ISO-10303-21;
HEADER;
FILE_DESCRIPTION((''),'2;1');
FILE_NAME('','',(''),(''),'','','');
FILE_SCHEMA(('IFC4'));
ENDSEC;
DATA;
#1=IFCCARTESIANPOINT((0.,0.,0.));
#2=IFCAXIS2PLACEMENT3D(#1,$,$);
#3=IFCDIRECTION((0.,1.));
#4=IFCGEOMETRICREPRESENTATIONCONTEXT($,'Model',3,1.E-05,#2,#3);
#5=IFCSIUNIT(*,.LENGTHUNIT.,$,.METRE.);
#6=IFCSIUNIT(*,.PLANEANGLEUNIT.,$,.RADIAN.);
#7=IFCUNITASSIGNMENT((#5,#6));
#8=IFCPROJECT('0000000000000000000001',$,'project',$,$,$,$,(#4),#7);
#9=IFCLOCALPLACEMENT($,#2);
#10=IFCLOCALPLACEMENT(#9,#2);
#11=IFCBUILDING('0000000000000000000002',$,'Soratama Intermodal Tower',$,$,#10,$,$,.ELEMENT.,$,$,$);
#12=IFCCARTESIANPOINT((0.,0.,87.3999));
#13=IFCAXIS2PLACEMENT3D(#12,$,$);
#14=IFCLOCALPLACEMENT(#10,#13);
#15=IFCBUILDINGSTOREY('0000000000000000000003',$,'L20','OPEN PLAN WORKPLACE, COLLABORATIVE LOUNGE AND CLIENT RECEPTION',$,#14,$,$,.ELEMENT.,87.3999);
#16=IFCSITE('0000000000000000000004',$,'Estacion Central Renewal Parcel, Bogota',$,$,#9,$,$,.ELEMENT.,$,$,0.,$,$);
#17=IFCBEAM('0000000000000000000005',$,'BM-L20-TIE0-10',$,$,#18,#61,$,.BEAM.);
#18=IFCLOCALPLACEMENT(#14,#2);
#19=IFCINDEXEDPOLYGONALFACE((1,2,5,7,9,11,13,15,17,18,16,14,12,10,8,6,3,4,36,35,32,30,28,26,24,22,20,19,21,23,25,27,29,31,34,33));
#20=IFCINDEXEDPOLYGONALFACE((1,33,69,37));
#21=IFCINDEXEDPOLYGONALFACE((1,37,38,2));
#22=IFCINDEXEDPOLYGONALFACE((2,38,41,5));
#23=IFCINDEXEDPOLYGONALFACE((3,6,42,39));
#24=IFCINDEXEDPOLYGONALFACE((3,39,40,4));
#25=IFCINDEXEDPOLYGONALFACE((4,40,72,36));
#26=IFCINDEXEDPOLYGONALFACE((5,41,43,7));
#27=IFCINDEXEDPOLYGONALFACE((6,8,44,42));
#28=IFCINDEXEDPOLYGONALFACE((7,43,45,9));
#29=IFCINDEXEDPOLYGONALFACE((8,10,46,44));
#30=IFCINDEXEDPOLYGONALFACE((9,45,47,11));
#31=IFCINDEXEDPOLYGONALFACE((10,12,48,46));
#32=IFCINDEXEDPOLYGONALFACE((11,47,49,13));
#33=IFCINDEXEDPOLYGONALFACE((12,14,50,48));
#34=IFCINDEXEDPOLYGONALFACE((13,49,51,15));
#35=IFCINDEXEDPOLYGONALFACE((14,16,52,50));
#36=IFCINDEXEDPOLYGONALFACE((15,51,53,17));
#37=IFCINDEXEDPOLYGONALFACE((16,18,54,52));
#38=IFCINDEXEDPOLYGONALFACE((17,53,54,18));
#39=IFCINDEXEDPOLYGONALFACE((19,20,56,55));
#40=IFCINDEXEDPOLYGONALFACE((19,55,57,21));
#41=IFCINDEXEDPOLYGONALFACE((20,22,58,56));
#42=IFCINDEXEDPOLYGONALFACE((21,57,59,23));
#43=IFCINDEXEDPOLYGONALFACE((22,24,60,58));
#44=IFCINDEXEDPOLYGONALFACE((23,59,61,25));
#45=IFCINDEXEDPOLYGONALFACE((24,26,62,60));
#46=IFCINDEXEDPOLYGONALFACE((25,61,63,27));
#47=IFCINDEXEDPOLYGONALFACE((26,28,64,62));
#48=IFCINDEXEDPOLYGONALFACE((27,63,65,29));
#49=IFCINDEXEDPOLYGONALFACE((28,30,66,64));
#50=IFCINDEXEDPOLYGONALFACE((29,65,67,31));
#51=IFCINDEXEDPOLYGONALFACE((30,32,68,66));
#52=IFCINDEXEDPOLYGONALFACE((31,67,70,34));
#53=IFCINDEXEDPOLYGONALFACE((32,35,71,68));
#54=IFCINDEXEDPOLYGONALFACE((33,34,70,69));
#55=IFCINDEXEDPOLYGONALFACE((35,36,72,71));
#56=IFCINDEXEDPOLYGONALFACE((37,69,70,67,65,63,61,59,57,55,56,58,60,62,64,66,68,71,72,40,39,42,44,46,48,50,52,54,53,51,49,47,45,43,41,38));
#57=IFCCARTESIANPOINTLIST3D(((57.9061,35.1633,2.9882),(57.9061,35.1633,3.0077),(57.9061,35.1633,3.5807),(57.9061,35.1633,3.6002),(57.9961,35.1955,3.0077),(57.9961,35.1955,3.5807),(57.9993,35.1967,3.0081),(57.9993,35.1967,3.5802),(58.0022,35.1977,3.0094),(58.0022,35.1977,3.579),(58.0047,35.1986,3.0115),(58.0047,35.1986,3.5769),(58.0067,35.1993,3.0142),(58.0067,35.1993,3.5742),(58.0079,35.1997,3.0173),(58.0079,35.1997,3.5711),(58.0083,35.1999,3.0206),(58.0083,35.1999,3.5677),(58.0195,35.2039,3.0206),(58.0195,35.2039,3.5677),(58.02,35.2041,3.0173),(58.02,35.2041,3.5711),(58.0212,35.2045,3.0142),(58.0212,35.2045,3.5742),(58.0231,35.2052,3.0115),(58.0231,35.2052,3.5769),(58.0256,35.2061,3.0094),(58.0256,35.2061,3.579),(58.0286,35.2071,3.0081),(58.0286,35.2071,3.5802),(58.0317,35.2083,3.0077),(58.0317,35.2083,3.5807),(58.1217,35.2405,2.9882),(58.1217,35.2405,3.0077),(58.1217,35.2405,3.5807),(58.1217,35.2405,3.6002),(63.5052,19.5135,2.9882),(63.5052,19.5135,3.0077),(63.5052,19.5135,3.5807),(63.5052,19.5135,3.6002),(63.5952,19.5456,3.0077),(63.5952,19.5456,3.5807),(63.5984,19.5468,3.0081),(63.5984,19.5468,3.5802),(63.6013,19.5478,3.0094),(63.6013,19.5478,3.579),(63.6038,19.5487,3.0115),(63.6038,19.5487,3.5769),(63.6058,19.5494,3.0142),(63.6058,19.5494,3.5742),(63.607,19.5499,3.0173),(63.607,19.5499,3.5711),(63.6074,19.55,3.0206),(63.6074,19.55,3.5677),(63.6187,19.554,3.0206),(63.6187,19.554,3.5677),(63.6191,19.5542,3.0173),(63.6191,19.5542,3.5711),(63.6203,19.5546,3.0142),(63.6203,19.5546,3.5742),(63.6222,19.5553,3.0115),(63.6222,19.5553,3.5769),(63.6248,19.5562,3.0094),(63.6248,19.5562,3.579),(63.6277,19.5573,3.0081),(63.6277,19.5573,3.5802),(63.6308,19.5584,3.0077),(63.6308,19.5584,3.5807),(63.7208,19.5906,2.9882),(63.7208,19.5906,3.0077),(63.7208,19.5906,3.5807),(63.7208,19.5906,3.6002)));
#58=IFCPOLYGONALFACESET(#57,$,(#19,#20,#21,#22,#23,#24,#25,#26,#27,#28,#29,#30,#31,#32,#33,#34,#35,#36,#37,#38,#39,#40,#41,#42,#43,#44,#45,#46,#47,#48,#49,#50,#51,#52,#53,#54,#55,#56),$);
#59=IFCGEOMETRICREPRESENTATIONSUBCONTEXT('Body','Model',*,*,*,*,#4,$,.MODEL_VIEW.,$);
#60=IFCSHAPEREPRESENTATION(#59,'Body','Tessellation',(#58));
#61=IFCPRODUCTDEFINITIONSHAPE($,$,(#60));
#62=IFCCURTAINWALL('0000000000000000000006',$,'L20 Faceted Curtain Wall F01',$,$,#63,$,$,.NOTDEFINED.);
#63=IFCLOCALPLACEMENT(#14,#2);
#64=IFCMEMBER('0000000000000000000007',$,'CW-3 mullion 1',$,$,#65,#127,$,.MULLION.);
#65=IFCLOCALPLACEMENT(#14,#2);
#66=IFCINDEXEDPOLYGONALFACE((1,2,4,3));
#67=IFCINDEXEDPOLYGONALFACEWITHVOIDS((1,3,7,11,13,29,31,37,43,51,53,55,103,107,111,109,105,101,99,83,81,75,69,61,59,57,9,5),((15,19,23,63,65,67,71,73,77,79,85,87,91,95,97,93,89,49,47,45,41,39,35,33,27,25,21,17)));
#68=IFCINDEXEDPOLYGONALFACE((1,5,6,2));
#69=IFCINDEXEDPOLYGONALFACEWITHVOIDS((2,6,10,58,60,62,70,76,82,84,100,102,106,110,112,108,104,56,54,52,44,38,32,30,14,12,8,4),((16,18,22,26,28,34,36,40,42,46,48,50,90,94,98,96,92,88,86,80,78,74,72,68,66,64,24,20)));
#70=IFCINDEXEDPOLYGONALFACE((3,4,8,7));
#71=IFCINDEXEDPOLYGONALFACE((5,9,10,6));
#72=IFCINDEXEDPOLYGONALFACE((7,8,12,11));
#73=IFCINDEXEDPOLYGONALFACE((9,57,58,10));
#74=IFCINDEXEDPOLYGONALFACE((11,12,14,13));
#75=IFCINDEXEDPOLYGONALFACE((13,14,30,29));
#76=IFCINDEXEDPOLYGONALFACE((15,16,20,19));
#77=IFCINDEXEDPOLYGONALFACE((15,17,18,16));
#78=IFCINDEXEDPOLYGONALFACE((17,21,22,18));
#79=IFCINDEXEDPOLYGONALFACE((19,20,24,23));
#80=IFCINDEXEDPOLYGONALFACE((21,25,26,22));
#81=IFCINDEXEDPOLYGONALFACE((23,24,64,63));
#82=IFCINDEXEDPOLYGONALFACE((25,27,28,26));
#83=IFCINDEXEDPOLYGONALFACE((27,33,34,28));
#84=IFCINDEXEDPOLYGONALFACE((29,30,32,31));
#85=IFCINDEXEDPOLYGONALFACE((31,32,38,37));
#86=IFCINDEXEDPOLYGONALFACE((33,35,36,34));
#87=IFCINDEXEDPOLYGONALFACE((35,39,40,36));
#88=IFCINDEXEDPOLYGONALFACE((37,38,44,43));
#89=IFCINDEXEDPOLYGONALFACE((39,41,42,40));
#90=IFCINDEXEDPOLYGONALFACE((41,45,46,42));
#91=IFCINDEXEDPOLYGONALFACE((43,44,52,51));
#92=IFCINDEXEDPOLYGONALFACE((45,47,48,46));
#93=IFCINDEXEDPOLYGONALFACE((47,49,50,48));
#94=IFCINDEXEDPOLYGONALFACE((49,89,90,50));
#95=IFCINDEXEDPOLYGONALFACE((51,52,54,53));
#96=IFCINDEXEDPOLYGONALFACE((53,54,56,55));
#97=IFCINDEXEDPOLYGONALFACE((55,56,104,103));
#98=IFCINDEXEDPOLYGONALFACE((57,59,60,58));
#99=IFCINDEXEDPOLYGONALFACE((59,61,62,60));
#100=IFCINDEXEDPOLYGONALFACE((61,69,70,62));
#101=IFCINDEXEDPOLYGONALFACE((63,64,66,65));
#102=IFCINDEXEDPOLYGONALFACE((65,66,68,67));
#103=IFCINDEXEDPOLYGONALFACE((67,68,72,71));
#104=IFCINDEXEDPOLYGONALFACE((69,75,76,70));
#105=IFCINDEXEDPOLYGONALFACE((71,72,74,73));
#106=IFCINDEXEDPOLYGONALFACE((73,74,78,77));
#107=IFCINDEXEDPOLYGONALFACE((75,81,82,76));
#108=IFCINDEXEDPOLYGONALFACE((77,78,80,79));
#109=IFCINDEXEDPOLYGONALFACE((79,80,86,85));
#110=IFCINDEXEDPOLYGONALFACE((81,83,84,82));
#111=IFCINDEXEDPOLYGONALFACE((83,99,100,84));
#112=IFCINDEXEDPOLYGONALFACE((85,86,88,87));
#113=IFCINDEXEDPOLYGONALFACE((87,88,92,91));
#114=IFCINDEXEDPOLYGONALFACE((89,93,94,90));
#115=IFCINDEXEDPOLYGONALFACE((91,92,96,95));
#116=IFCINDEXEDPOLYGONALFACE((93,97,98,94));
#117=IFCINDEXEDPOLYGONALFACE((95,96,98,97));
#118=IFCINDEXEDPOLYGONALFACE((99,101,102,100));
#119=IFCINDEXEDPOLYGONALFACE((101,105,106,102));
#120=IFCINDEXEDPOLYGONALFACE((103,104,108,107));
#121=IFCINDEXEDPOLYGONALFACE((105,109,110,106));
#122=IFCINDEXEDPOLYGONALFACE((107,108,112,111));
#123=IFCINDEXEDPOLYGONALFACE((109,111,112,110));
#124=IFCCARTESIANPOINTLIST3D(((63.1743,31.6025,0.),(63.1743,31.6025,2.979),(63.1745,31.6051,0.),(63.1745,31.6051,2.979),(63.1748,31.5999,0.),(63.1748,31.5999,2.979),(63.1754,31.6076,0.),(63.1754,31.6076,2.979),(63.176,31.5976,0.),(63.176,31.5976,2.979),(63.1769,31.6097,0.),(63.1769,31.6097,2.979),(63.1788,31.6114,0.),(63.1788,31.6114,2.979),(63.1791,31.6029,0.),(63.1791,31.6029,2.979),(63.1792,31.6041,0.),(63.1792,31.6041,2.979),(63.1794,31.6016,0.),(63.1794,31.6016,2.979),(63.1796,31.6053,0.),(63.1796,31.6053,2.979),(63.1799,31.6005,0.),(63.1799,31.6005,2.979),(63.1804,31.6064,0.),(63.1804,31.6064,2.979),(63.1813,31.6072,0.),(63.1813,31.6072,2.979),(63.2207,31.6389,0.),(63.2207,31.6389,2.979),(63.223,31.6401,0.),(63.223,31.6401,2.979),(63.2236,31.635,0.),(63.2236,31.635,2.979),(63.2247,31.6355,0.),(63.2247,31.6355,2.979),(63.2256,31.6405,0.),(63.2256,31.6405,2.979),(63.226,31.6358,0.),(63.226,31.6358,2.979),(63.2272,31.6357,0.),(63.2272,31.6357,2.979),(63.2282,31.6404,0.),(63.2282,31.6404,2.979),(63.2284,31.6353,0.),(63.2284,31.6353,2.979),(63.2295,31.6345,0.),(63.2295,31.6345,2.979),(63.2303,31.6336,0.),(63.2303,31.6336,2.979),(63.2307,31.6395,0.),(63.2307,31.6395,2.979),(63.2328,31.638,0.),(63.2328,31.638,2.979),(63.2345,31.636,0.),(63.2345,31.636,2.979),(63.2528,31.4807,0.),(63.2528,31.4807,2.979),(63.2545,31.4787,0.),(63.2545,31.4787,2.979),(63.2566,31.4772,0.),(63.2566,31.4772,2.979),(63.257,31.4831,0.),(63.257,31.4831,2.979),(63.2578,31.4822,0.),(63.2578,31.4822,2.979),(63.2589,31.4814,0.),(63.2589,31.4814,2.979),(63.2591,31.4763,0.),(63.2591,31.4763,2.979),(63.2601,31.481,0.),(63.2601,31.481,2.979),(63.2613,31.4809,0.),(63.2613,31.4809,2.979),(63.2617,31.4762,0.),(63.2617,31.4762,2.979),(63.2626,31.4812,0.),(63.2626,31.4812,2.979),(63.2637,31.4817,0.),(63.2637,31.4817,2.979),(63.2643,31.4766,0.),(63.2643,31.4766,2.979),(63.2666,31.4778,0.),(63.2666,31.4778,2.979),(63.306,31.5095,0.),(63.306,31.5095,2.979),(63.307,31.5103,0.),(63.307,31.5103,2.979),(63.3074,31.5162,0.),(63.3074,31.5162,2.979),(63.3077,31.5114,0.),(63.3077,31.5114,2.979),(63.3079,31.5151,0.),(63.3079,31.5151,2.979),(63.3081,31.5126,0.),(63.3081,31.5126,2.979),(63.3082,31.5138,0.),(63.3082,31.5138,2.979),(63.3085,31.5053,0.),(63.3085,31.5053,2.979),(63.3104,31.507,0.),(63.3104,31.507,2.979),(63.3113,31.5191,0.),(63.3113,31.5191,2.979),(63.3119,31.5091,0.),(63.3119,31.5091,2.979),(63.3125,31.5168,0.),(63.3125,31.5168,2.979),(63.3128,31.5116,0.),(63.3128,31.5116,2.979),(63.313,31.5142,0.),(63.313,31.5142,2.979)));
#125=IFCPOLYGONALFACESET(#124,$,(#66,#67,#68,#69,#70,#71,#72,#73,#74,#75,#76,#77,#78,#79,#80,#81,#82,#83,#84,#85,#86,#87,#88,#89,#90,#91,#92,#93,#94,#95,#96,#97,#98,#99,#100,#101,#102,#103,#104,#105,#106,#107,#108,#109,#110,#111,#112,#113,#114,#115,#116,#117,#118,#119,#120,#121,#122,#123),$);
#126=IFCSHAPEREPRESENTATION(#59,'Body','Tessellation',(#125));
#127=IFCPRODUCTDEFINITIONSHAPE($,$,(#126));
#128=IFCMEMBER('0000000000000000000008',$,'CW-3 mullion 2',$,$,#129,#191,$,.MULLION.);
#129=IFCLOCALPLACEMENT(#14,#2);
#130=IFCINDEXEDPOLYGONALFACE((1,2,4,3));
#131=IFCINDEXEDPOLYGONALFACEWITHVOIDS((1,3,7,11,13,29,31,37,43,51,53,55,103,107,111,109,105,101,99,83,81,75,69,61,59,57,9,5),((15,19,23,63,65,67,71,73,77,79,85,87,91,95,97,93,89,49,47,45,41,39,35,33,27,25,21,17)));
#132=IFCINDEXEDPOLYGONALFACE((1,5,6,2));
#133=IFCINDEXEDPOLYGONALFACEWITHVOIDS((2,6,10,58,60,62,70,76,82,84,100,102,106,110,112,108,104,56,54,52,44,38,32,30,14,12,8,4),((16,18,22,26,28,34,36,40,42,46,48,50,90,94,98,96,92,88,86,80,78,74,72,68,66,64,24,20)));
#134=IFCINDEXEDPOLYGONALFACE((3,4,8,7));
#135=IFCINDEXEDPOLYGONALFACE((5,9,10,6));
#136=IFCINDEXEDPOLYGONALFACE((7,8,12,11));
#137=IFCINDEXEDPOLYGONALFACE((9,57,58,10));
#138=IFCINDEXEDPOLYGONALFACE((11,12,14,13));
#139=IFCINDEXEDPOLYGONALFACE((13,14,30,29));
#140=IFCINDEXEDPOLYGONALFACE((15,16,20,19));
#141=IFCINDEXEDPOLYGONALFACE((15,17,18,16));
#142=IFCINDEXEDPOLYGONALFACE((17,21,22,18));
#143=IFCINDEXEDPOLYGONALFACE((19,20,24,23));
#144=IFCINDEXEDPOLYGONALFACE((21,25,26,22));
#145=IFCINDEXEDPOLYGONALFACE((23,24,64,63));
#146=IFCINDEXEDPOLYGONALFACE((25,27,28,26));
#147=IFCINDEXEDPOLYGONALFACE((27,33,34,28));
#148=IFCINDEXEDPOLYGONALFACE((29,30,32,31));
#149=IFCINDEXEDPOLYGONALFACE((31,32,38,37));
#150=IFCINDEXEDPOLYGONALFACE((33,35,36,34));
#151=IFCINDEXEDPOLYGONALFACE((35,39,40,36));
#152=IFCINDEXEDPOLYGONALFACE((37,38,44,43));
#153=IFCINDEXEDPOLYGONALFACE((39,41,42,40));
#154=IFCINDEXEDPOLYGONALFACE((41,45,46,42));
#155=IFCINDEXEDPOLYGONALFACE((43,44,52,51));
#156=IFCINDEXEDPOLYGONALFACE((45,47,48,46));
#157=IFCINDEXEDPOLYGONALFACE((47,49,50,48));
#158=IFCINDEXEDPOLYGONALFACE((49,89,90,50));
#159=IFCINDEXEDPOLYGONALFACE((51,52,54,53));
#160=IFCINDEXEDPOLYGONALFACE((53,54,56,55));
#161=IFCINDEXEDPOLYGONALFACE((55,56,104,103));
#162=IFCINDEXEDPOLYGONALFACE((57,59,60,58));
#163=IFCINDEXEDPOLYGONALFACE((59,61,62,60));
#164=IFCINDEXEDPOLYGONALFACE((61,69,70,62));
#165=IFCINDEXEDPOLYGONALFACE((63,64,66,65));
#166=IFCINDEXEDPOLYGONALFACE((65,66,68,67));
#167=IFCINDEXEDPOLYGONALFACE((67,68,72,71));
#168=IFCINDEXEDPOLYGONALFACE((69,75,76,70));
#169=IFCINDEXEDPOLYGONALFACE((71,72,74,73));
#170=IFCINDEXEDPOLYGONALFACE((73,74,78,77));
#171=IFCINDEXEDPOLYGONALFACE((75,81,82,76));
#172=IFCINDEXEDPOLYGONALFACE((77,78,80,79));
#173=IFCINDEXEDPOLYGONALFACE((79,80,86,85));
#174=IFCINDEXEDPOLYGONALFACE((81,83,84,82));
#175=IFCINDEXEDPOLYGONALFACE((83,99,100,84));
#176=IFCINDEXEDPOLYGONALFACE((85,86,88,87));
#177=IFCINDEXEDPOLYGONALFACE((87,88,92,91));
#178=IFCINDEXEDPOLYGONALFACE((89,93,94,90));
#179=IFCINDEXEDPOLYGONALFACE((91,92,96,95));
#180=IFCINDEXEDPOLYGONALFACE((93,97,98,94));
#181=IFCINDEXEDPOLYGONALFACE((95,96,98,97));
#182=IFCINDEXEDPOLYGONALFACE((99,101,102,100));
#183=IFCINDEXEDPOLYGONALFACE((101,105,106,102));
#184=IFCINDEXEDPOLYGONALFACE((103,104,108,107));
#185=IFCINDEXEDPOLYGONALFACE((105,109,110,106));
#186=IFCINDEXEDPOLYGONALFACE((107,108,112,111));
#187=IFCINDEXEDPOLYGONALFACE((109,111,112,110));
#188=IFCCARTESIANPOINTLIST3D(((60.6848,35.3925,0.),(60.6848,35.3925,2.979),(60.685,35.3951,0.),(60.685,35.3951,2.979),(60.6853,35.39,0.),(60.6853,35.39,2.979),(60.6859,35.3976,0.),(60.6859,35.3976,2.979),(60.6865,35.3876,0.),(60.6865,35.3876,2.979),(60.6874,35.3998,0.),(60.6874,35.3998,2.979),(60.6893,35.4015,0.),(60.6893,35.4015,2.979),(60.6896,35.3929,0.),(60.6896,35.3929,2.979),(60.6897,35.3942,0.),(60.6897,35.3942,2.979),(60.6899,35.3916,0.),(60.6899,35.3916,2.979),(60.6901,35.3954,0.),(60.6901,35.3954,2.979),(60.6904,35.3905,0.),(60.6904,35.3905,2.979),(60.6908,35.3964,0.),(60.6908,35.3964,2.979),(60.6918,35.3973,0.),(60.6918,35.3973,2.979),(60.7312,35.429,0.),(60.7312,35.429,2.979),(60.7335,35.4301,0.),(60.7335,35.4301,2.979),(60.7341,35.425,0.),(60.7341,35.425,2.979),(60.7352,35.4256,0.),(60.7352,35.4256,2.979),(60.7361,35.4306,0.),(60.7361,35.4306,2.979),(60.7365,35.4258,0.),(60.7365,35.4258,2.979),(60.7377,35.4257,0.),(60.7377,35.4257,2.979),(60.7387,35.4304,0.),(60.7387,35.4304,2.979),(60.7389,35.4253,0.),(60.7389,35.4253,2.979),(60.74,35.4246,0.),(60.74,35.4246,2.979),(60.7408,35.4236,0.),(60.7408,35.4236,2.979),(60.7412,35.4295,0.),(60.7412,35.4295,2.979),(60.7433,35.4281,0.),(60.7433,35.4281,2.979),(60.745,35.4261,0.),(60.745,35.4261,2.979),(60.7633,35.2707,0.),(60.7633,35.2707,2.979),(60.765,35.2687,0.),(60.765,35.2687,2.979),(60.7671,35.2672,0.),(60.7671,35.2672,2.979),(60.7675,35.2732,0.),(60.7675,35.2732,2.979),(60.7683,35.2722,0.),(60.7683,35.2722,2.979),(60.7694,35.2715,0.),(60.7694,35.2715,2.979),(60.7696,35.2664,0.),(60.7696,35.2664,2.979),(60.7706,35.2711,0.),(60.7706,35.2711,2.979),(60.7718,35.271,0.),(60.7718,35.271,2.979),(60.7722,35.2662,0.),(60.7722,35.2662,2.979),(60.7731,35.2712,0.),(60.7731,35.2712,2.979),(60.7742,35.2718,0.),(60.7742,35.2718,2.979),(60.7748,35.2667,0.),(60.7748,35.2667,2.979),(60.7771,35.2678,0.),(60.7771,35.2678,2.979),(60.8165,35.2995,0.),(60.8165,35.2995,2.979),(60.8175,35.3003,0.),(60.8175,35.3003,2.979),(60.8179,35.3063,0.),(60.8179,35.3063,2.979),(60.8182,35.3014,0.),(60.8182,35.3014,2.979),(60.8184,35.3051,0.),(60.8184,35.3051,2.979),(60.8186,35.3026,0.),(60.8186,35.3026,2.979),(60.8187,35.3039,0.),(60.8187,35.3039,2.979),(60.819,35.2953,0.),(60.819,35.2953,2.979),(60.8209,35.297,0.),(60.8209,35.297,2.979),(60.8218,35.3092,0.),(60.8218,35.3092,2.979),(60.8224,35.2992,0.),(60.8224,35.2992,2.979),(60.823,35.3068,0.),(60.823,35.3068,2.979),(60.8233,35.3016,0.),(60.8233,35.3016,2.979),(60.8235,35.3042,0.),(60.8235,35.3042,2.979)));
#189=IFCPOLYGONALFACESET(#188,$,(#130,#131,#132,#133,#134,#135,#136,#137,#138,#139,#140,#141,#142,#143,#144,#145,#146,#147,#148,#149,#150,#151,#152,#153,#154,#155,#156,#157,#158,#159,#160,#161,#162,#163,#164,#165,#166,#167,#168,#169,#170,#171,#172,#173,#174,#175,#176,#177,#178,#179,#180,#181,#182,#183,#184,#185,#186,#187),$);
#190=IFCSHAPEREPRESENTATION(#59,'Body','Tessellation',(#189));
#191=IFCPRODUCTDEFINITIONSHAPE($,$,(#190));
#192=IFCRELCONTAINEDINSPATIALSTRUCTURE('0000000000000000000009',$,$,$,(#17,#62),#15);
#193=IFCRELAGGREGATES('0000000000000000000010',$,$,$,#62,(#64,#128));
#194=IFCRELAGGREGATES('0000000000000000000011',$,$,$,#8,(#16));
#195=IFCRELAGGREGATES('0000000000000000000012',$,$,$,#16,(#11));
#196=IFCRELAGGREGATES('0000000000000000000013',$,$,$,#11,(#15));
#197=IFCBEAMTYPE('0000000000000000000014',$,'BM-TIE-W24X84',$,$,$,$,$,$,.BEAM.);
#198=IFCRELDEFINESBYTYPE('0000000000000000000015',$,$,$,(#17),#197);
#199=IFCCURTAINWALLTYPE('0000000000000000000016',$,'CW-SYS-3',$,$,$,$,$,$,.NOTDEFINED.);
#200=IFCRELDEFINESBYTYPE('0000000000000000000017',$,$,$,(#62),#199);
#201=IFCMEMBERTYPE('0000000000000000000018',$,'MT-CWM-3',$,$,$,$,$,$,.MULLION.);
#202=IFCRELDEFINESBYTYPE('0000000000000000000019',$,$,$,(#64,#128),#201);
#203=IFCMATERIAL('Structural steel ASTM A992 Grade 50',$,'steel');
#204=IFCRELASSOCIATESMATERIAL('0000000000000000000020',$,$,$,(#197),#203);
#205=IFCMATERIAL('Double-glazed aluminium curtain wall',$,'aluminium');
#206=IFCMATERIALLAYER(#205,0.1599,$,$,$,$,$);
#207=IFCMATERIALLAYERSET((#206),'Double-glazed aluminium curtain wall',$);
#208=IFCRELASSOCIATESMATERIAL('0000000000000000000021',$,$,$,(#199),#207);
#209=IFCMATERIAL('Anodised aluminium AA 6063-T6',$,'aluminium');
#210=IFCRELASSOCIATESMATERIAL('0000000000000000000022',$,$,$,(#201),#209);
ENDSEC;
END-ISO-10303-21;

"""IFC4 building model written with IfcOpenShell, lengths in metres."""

from ifc_helpers import new_model, si_unit, direction, frame, origin, origin_2d, place, context, subcontext, project, spatial, hollow_rectangle, i_section, extrude, material, layer, layer_set, material_profile, profile_set, type_object, element, aggregate, save


model = new_model("IFC4")

# Units and contexts
model_context = context("Model", 3, precision=1e-05, world=origin(), true_north=direction((0.0, 1.0)))
body_context = subcontext(model_context, "Body", "Model", "MODEL_VIEW")
ifc_project = project(units=[si_unit("LENGTHUNIT", "METRE"), si_unit("PLANEANGLEUNIT", "RADIAN")], contexts=[model_context])

# Site, building, storey
site_placement = place(None, origin())
site = spatial("IfcSite", under=ifc_project, at=site_placement, Name="Estacion Central Renewal Parcel, Bogota", CompositionType="ELEMENT", RefElevation=0.0)
building_placement = place(site_placement, origin())
building = spatial("IfcBuilding", under=site, at=building_placement, Name="Soratama Intermodal Tower", CompositionType="ELEMENT")
storey_placement = place(building_placement, frame((0.0, 0.0, 87.3999)))
storey = spatial("IfcBuildingStorey", under=building, at=storey_placement, Name="L20", Description="OPEN PLAN WORKPLACE, COLLABORATIVE LOUNGE AND CLIENT RECEPTION", CompositionType="ELEMENT", Elevation=87.3999)

# Beam
ifc_material_1 = material(Name="Structural steel ASTM A992 Grade 50", Category="steel")
ifc_material_profile_1 = material_profile(ifc_material_1, i_section(OverallWidth=0.229, OverallDepth=0.6121, WebThickness=0.012, FlangeThickness=0.0195, FilletRadius=0.0129, at=origin_2d()), Name="W24X84")
ifc_profile_set_1 = profile_set([ifc_material_profile_1], Name="Structural steel ASTM A992 Grade 50")
beam_type_1 = type_object("IfcBeamType", Name="BM-TIE-W24X84", PredefinedType="BEAM", material=ifc_profile_set_1)
beam_1_placement = place(storey_placement, frame((58.0139, 35.2019, 3.2942), z_axis=(0.336863, -0.941554, 0.0), x_axis=(0.941554, 0.336863, 0.0)))
element("IfcBeam", 1, at=beam_1_placement, inside=storey, type_object=beam_type_1, Name="BM-L20-TIE0-10", PredefinedType="BEAM", context=body_context, shape_type="SweptSolid", body=[
    extrude(i_section(OverallWidth=0.229, OverallDepth=0.6121, WebThickness=0.012, FlangeThickness=0.0195, FilletRadius=0.0129, at=origin_2d()), origin(), (0.0, 0.0, 1.0), 16.6213),
])

# Curtain wall, members
ifc_material_2 = material(Name="Double-glazed aluminium curtain wall", Category="aluminium")
ifc_layer_1 = layer(ifc_material_2, 0.1599)
ifc_layer_set_1 = layer_set([ifc_layer_1], Name="Double-glazed aluminium curtain wall")
curtain_wall_type = type_object("IfcCurtainWallType", Name="CW-SYS-3", PredefinedType="NOTDEFINED", material=ifc_layer_set_1)
curtain_wall_placement = place(storey_placement, origin())
curtain_wall = element("IfcCurtainWall", 2, at=curtain_wall_placement, inside=storey, type_object=curtain_wall_type, Name="L20 Faceted Curtain Wall F01", PredefinedType="NOTDEFINED")
ifc_material_3 = material(Name="Anodised aluminium AA 6063-T6", Category="aluminium")
ifc_material_profile_2 = material_profile(ifc_material_3, hollow_rectangle(XDim=0.0701, YDim=0.1599, WallThickness=0.0049, InnerFilletRadius=0.0049, OuterFilletRadius=0.01, at=origin_2d()), Name="CWM160X70X5")
ifc_profile_set_2 = profile_set([ifc_material_profile_2], Name="Anodised aluminium AA 6063-T6")
member_type_1 = type_object("IfcMemberType", Name="MT-CWM-3", PredefinedType="MULLION", material=ifc_profile_set_2)
member_1_placement = place(storey_placement, frame((63.2437, 31.5583, 0.0), z_axis=(0.0, 0.0, 1.0), x_axis=(-0.835807, -0.549023, 0.0)))
member_1 = element("IfcMember", 3, at=member_1_placement, type_object=member_type_1, Name="CW-3 mullion 1", PredefinedType="MULLION", context=body_context, shape_type="SweptSolid", body=[
    extrude(hollow_rectangle(XDim=0.0701, YDim=0.1599, WallThickness=0.0049, InnerFilletRadius=0.0049, OuterFilletRadius=0.01, at=origin_2d()), origin(), (0.0, 0.0, 1.0), 2.979),
])
member_2_placement = place(storey_placement, frame((60.7542, 35.3484, 0.0), z_axis=(0.0, 0.0, 1.0), x_axis=(-0.835807, -0.549023, 0.0)))
member_2 = element("IfcMember", 4, at=member_2_placement, type_object=member_type_1, Name="CW-3 mullion 2", PredefinedType="MULLION", context=body_context, shape_type="SweptSolid", body=[
    extrude(hollow_rectangle(XDim=0.0701, YDim=0.1599, WallThickness=0.0049, InnerFilletRadius=0.0049, OuterFilletRadius=0.01, at=origin_2d()), origin(), (0.0, 0.0, 1.0), 2.979),
])
aggregate(curtain_wall, [member_1, member_2])

save(model, "model.ifc")
